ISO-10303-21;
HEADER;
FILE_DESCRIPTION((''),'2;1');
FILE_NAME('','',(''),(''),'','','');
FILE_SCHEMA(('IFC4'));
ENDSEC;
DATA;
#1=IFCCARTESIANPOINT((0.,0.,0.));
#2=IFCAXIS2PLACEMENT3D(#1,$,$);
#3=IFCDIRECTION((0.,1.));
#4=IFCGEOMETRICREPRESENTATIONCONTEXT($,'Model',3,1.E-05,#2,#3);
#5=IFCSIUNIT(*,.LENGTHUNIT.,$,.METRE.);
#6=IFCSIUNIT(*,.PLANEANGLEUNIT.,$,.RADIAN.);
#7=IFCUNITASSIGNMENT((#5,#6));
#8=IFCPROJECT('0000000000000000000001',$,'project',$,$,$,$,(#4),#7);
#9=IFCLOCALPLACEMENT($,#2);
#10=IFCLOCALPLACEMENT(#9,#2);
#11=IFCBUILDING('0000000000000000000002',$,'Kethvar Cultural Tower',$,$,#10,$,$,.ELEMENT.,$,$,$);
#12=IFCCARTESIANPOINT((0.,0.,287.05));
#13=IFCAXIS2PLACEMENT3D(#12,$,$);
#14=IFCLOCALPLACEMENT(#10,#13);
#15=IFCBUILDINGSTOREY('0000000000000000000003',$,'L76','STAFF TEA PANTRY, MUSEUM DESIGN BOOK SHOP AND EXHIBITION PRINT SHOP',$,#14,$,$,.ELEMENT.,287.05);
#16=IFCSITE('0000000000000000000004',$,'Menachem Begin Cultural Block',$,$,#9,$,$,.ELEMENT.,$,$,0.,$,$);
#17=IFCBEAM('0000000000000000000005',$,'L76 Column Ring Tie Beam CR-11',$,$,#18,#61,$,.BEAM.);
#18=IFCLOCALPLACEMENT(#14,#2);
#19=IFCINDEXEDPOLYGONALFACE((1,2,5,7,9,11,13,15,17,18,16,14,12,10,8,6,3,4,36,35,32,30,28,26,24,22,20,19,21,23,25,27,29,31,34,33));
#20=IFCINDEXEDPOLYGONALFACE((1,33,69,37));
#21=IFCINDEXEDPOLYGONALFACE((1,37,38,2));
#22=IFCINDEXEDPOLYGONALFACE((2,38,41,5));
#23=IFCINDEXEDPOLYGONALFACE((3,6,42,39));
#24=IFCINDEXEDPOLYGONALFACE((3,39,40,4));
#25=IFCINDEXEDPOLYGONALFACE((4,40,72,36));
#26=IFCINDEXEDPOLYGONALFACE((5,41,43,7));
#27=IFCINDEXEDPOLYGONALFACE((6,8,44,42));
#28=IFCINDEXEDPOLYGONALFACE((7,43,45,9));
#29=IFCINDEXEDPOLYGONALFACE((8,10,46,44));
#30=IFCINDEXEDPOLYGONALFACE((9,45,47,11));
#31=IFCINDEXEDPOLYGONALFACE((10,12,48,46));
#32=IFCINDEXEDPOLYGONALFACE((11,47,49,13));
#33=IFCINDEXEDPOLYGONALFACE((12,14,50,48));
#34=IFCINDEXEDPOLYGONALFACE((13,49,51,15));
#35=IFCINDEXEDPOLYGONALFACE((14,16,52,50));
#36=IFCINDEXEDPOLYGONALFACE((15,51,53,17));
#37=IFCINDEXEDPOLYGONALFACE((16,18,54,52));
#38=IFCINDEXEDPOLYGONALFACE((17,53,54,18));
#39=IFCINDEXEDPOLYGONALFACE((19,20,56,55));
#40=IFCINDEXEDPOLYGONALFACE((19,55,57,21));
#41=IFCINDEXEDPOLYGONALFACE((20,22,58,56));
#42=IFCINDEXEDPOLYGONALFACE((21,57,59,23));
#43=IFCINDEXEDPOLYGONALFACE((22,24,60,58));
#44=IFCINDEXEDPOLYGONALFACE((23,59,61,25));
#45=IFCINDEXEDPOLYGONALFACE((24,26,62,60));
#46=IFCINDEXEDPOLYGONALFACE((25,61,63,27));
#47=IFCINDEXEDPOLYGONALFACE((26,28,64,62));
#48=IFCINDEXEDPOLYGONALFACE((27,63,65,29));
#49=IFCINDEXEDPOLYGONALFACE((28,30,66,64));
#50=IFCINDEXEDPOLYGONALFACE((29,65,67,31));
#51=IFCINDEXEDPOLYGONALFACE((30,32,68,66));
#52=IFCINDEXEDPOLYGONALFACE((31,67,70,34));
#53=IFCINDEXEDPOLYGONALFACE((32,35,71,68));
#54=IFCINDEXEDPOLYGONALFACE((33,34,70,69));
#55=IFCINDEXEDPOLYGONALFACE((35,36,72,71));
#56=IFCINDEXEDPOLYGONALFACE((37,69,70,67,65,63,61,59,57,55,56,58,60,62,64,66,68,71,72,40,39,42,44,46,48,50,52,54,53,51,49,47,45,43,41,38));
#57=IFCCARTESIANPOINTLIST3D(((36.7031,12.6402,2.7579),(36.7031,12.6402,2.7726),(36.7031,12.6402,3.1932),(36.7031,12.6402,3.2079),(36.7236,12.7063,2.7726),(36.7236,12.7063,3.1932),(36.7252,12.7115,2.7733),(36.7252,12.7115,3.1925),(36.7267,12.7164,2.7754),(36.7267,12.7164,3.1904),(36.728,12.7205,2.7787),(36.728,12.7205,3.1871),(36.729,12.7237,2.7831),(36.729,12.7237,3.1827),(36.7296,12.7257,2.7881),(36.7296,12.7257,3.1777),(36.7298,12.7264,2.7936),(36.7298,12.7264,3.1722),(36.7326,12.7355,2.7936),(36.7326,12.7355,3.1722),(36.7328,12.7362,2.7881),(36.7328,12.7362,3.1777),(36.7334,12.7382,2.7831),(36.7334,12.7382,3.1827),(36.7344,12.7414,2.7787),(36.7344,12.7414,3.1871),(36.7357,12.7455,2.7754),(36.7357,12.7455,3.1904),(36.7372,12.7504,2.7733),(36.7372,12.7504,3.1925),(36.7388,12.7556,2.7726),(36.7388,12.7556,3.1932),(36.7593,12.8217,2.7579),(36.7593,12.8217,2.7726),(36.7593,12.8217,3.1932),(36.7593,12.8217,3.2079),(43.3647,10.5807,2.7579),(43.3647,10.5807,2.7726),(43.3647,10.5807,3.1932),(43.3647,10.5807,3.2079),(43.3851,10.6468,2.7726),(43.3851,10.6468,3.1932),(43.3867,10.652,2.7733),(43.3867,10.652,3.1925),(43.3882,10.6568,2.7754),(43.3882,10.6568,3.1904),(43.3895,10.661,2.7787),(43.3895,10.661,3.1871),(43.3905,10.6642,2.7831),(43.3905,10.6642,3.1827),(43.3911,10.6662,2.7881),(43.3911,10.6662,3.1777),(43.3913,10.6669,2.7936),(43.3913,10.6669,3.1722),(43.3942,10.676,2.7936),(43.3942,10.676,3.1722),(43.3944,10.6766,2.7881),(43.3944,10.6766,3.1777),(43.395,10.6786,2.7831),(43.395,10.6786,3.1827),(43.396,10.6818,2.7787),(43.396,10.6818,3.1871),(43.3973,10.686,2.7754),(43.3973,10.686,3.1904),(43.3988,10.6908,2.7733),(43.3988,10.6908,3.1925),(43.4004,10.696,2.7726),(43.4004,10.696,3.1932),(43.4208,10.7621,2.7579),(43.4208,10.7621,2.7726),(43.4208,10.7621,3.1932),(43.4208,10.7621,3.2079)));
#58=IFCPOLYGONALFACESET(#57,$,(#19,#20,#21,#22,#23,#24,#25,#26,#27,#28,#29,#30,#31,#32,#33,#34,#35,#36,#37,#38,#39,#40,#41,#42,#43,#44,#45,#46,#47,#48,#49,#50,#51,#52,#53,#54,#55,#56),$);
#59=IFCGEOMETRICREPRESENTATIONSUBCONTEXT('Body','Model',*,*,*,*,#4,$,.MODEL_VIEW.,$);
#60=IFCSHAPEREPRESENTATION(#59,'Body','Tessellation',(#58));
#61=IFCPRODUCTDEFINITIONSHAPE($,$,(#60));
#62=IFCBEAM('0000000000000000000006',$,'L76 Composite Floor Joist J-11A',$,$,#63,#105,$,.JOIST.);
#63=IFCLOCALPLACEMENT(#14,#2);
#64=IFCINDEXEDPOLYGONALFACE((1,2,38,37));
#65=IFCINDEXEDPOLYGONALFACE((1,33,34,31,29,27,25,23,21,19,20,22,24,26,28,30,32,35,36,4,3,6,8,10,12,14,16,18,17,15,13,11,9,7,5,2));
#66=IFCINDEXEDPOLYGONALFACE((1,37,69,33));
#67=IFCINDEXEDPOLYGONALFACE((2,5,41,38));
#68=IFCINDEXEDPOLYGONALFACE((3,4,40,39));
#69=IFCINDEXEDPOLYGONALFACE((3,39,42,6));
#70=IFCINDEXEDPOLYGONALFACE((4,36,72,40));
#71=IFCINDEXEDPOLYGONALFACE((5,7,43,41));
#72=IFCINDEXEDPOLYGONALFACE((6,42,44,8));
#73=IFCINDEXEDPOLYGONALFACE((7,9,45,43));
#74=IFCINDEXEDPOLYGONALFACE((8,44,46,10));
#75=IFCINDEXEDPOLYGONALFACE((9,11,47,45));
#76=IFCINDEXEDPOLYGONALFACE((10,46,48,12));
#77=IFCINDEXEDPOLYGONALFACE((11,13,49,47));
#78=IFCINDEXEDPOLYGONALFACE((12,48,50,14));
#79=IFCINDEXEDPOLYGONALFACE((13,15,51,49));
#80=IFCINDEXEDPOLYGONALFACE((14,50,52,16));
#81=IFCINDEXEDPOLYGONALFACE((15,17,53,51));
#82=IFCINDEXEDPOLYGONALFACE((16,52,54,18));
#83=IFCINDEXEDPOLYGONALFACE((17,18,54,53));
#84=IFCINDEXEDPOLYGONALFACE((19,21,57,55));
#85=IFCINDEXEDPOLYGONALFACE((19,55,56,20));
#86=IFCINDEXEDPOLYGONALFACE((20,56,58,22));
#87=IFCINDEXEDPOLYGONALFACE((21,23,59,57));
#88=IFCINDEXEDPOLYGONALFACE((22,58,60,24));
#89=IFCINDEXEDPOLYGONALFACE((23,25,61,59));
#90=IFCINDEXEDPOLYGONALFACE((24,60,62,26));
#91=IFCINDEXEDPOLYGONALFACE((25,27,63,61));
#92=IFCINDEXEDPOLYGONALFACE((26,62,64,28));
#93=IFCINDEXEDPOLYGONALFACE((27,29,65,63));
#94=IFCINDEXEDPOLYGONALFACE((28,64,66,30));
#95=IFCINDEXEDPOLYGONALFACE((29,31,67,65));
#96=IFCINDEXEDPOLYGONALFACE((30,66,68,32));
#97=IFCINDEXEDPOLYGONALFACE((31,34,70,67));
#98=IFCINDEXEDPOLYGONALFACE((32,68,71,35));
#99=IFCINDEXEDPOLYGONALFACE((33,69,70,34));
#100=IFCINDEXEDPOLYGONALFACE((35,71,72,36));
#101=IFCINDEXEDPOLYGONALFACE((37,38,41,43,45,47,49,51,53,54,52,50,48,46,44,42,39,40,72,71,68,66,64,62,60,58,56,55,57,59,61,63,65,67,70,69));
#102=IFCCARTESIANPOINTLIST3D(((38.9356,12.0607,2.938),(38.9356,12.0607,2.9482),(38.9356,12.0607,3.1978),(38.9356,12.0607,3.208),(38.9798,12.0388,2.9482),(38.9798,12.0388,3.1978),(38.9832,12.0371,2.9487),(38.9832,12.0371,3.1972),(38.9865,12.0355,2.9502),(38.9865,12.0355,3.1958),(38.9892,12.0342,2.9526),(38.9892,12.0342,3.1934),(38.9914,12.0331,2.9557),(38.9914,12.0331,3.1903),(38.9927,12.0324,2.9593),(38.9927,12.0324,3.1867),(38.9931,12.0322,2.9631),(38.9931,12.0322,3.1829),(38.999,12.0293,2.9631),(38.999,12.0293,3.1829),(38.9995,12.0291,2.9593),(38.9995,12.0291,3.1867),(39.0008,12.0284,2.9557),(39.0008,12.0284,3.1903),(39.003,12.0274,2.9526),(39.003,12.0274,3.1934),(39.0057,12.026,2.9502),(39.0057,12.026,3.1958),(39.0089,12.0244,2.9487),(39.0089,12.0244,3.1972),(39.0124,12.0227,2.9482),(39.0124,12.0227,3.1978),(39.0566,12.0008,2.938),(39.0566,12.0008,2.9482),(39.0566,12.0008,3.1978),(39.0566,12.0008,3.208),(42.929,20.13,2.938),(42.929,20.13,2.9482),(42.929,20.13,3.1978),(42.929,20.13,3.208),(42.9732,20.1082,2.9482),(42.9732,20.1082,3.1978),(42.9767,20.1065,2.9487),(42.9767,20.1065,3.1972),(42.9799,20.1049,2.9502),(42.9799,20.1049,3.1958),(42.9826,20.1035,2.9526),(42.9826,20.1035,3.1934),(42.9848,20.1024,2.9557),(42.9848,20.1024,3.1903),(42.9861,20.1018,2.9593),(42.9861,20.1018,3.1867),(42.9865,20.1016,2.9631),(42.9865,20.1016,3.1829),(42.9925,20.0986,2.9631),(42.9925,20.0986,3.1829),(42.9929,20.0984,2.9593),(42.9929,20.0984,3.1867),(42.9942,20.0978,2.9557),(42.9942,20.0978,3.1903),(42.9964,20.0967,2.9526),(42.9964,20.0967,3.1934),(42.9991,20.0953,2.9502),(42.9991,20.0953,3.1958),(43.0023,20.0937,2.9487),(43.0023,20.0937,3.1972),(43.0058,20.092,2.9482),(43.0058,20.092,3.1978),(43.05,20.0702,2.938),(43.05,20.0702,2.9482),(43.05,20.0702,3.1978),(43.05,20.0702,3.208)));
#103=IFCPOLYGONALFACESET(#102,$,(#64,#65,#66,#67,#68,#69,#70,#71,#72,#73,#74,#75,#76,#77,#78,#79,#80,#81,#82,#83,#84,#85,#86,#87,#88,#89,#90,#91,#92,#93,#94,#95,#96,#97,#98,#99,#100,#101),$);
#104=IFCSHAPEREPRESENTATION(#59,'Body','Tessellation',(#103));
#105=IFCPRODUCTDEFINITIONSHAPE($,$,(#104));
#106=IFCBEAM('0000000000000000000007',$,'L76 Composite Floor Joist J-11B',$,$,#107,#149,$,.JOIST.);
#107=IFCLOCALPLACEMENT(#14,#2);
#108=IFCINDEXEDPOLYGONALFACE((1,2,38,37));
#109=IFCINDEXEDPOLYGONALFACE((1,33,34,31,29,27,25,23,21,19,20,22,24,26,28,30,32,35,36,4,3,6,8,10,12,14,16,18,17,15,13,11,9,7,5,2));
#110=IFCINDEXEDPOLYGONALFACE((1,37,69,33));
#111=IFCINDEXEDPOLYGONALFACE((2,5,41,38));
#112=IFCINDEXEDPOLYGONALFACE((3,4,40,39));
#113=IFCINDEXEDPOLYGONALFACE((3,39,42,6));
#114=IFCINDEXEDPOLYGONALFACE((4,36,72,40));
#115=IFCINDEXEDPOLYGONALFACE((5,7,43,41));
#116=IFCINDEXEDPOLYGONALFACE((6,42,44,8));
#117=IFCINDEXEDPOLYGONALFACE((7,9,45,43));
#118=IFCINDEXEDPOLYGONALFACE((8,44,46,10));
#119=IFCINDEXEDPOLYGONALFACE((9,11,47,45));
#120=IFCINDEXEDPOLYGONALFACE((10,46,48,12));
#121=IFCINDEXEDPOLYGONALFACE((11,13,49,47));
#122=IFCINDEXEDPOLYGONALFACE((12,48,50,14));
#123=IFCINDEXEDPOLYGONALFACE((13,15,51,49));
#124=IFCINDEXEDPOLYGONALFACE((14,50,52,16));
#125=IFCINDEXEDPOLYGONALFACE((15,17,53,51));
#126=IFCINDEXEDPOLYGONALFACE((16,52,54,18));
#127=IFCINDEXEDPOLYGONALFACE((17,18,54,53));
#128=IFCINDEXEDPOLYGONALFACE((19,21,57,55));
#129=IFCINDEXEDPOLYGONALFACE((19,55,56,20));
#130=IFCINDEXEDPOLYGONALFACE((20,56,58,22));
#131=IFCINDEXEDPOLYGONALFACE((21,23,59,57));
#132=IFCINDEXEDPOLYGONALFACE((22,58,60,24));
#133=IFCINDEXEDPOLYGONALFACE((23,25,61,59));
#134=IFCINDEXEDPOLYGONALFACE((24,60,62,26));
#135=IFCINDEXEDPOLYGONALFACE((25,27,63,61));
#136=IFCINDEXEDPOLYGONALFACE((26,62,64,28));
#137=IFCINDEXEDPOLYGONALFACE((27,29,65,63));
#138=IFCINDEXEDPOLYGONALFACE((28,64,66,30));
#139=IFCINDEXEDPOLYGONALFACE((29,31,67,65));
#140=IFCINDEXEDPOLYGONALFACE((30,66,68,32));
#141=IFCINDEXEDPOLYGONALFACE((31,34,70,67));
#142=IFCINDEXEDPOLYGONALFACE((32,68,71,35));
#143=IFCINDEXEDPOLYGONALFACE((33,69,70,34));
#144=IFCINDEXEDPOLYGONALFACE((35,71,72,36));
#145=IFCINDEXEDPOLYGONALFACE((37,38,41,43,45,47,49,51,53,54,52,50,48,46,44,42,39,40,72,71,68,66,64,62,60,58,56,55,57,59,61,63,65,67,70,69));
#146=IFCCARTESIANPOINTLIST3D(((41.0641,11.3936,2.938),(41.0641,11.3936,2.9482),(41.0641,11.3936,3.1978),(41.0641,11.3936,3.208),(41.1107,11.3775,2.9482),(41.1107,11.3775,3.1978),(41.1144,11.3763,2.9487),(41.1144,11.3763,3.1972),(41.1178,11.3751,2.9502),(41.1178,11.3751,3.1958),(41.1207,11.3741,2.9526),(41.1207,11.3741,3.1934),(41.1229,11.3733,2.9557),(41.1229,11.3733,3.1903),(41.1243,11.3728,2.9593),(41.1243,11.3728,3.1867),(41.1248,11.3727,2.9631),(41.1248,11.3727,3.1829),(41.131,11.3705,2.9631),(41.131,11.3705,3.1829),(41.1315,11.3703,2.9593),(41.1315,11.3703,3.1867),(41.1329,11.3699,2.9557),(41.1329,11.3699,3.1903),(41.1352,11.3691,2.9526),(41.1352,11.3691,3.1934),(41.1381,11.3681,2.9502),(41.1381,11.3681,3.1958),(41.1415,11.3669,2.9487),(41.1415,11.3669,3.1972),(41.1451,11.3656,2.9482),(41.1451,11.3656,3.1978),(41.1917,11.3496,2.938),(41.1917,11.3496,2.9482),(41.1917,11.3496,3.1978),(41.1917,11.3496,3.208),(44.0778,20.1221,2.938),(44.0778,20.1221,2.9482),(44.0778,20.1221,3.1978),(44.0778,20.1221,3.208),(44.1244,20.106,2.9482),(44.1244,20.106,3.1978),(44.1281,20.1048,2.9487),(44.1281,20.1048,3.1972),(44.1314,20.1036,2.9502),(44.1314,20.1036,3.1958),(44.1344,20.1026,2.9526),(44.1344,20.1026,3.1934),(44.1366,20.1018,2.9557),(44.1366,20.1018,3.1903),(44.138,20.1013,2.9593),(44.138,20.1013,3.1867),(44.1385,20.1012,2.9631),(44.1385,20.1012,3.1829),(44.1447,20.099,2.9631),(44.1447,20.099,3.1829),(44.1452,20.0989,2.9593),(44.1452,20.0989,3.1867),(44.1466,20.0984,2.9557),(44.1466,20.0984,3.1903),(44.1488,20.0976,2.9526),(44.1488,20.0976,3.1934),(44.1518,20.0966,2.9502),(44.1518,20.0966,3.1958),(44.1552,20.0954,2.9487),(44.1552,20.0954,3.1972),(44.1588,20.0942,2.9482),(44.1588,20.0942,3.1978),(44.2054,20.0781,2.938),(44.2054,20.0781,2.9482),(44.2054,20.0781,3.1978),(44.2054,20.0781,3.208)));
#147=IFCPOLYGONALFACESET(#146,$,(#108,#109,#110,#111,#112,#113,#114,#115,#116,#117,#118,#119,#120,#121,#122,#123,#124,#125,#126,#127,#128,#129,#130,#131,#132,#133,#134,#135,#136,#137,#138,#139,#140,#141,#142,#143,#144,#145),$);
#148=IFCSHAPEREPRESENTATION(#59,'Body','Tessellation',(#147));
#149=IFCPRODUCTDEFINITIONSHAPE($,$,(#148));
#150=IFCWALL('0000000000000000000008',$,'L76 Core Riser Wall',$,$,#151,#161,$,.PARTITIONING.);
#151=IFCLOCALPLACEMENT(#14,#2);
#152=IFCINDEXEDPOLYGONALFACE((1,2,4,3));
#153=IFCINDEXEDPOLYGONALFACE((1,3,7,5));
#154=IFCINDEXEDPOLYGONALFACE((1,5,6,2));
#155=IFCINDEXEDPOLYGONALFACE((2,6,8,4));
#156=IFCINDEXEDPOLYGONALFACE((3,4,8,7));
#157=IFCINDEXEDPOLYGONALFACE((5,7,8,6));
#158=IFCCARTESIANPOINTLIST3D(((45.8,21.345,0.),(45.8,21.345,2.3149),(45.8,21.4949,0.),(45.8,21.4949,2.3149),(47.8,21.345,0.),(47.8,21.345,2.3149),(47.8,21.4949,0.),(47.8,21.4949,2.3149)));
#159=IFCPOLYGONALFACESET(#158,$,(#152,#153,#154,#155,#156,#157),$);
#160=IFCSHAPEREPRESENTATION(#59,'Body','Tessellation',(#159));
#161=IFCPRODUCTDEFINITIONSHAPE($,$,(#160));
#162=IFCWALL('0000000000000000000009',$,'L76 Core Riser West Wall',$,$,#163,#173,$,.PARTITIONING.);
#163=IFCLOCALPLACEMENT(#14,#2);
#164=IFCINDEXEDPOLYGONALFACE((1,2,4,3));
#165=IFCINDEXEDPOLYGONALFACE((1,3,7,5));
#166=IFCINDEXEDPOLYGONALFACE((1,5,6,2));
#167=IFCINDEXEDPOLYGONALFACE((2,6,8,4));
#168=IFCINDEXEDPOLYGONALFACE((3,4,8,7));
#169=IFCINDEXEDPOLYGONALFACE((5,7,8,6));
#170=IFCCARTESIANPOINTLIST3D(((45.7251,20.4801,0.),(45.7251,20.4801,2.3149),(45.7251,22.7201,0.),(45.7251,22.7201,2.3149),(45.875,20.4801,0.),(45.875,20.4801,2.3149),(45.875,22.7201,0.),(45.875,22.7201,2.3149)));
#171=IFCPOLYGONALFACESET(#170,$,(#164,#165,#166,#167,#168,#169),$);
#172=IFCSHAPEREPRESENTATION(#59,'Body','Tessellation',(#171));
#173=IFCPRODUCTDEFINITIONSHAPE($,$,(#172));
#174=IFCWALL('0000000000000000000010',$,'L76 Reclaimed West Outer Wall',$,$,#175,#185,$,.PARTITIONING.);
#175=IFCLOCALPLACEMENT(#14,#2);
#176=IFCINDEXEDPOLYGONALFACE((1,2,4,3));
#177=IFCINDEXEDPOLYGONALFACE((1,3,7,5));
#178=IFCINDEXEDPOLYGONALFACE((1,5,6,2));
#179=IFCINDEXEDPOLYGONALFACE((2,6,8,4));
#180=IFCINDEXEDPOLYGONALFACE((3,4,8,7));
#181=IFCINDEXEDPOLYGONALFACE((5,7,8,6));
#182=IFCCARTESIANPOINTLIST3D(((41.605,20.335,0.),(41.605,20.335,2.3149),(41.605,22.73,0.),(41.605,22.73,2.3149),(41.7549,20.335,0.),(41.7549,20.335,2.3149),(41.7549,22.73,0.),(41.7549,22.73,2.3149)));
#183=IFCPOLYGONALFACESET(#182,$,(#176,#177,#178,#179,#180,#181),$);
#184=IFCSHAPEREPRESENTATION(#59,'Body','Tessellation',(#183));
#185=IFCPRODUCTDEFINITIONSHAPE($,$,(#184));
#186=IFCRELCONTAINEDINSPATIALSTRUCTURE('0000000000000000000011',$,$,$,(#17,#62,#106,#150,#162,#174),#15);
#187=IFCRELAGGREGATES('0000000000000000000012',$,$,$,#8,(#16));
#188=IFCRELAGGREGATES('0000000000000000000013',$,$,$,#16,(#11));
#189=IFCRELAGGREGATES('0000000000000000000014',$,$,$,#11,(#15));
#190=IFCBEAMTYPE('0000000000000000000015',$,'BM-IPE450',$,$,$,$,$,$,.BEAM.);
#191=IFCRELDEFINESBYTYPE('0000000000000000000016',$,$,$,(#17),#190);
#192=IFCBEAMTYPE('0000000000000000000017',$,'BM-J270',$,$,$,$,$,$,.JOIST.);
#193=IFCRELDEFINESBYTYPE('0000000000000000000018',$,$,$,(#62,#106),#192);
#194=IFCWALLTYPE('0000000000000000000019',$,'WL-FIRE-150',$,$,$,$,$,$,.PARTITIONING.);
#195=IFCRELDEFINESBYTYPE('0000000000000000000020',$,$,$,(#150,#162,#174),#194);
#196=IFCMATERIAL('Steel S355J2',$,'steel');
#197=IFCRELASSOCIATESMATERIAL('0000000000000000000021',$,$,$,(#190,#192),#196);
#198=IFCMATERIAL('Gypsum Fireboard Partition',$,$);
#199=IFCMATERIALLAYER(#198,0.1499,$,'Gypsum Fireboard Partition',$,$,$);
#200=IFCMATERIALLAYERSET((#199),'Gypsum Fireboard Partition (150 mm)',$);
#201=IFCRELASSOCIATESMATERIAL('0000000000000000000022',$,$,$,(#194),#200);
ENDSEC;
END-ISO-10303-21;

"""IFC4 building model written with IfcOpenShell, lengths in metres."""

from ifc_helpers import new_model, si_unit, direction, frame, frame_2d, origin, origin_2d, place, context, subcontext, project, spatial, rectangle, i_section, extrude, source, transform, mapped, material, layer, layer_set, material_profile, profile_set, type_object, element, save


model = new_model("IFC4")

# Units and contexts
model_context = context("Model", 3, precision=1e-05, world=origin(), true_north=direction((0.0, 1.0)))
body_context = subcontext(model_context, "Body", "Model", "MODEL_VIEW")
ifc_project = project(units=[si_unit("LENGTHUNIT", "METRE"), si_unit("PLANEANGLEUNIT", "RADIAN")], contexts=[model_context])

# Site, building, storey
site_placement = place(None, origin())
site = spatial("IfcSite", under=ifc_project, at=site_placement, Name="Menachem Begin Cultural Block", CompositionType="ELEMENT", RefElevation=0.0)
building_placement = place(site_placement, origin())
building = spatial("IfcBuilding", under=site, at=building_placement, Name="Kethvar Cultural Tower", CompositionType="ELEMENT")
storey_placement = place(building_placement, frame((0.0, 0.0, 287.05)))
storey = spatial("IfcBuildingStorey", under=building, at=storey_placement, Name="L76", Description="STAFF TEA PANTRY, MUSEUM DESIGN BOOK SHOP AND EXHIBITION PRINT SHOP", CompositionType="ELEMENT", Elevation=287.05)

# Beams
ifc_material_1 = material(Name="Steel S355J2", Category="steel")
ifc_material_profile_1 = material_profile(ifc_material_1, i_section(OverallWidth=0.1899, OverallDepth=0.45, WebThickness=0.0095, FlangeThickness=0.0146, FilletRadius=0.021, at=origin_2d()), Name="Steel S355J2 — IPE450")
ifc_profile_set_1 = profile_set([ifc_material_profile_1], Name="Steel S355J2 — IPE450")
beam_type_1 = type_object("IfcBeamType", Name="BM-IPE450", PredefinedType="BEAM", material=ifc_profile_set_1)
ifc_material_profile_2 = material_profile(ifc_material_1, i_section(OverallWidth=0.135, OverallDepth=0.27, WebThickness=0.0066, FlangeThickness=0.0103, FilletRadius=0.0149, at=origin_2d()), Name="Steel S355J2 — IPE270")
ifc_profile_set_2 = profile_set([ifc_material_profile_2], Name="Steel S355J2 — IPE270")
beam_type_2 = type_object("IfcBeamType", Name="BM-J270", PredefinedType="JOIST", material=ifc_profile_set_2)
shared_shape_1 = source(origin(), body_context, "Body", "SweptSolid", [
    extrude(i_section(OverallWidth=0.1899, OverallDepth=0.45, WebThickness=0.0095, FlangeThickness=0.0146, FilletRadius=0.021, at=origin_2d()), origin(), (0.0, 0.0, 1.0), 6.9727),
])
beam_1_placement = place(storey_placement, frame((36.7312, 12.731, 2.9829), z_axis=(0.955381, -0.295375, 0.0), x_axis=(0.295375, 0.955381, 0.0)))
element("IfcBeam", 1, at=beam_1_placement, inside=storey, type_object=beam_type_1, Name="L76 Column Ring Tie Beam CR-11", PredefinedType="BEAM", context=body_context, shape_type="MappedRepresentation", body=[
    mapped(shared_shape_1, transform((0.0, 0.0, 0.0), scale=1.0)),
])
shared_shape_2 = source(origin(), body_context, "Body", "SweptSolid", [
    extrude(i_section(OverallWidth=0.135, OverallDepth=0.27, WebThickness=0.0066, FlangeThickness=0.0103, FilletRadius=0.0149, at=origin_2d()), origin(), (0.0, 0.0, 1.0), 9.0034),
])
beam_2_placement = place(storey_placement, frame((42.9895, 20.1001, 3.073), z_axis=(-0.443544, -0.896253, 0.0), x_axis=(0.896253, -0.443544, 0.0)))
element("IfcBeam", 2, at=beam_2_placement, inside=storey, type_object=beam_type_2, Name="L76 Composite Floor Joist J-11A", PredefinedType="JOIST", context=body_context, shape_type="MappedRepresentation", body=[
    mapped(shared_shape_2, transform((0.0, 0.0, 0.0), scale=1.0)),
])
shared_shape_3 = source(origin(), body_context, "Body", "SweptSolid", [
    extrude(i_section(OverallWidth=0.135, OverallDepth=0.27, WebThickness=0.0066, FlangeThickness=0.0103, FilletRadius=0.0149, at=origin_2d()), origin(), (0.0, 0.0, 1.0), 9.2341),
])
beam_3_placement = place(storey_placement, frame((44.1416, 20.1001, 3.073), z_axis=(-0.326362, -0.945245, 0.0), x_axis=(0.945245, -0.326362, 0.0)))
element("IfcBeam", 3, at=beam_3_placement, inside=storey, type_object=beam_type_2, Name="L76 Composite Floor Joist J-11B", PredefinedType="JOIST", context=body_context, shape_type="MappedRepresentation", body=[
    mapped(shared_shape_3, transform((0.0, 0.0, 0.0), scale=1.0)),
])

# Walls
ifc_material_2 = material(Name="Gypsum Fireboard Partition")
ifc_layer_1 = layer(ifc_material_2, 0.1499, Name="Gypsum Fireboard Partition")
ifc_layer_set_1 = layer_set([ifc_layer_1], Name="Gypsum Fireboard Partition (150 mm)")
wall_type_1 = type_object("IfcWallType", Name="WL-FIRE-150", PredefinedType="PARTITIONING", material=ifc_layer_set_1)
wall_1_placement = place(storey_placement, frame((45.8, 21.4199, 0.0), z_axis=(0.0, 0.0, 1.0), x_axis=(1.0, 0.0, 0.0)))
element("IfcWall", 4, at=wall_1_placement, inside=storey, type_object=wall_type_1, Name="L76 Core Riser Wall", PredefinedType="PARTITIONING", context=body_context, shape_type="SweptSolid", body=[
    extrude(rectangle(XDim=2.0, YDim=0.1499, at=frame_2d((1.0, 0.0))), origin(), (0.0, 0.0, 1.0), 2.3149),
])
wall_2_placement = place(storey_placement, frame((45.8, 20.48, 0.0), z_axis=(0.0, 0.0, 1.0), x_axis=(0.0, 1.0, 0.0)))
element("IfcWall", 5, at=wall_2_placement, inside=storey, type_object=wall_type_1, Name="L76 Core Riser West Wall", PredefinedType="PARTITIONING", context=body_context, shape_type="SweptSolid", body=[
    extrude(rectangle(XDim=2.24, YDim=0.1499, at=frame_2d((1.1201, 0.0))), origin(), (0.0, 0.0, 1.0), 2.3149),
])
wall_3_placement = place(storey_placement, frame((41.6799, 20.335, 0.0), z_axis=(0.0, 0.0, 1.0), x_axis=(0.0, 1.0, 0.0)))
element("IfcWall", 6, at=wall_3_placement, inside=storey, type_object=wall_type_1, Name="L76 Reclaimed West Outer Wall", PredefinedType="PARTITIONING", context=body_context, shape_type="SweptSolid", body=[
    extrude(rectangle(XDim=2.395, YDim=0.1499, at=frame_2d((1.1975, 0.0))), origin(), (0.0, 0.0, 1.0), 2.3149),
])

save(model, "model.ifc")
